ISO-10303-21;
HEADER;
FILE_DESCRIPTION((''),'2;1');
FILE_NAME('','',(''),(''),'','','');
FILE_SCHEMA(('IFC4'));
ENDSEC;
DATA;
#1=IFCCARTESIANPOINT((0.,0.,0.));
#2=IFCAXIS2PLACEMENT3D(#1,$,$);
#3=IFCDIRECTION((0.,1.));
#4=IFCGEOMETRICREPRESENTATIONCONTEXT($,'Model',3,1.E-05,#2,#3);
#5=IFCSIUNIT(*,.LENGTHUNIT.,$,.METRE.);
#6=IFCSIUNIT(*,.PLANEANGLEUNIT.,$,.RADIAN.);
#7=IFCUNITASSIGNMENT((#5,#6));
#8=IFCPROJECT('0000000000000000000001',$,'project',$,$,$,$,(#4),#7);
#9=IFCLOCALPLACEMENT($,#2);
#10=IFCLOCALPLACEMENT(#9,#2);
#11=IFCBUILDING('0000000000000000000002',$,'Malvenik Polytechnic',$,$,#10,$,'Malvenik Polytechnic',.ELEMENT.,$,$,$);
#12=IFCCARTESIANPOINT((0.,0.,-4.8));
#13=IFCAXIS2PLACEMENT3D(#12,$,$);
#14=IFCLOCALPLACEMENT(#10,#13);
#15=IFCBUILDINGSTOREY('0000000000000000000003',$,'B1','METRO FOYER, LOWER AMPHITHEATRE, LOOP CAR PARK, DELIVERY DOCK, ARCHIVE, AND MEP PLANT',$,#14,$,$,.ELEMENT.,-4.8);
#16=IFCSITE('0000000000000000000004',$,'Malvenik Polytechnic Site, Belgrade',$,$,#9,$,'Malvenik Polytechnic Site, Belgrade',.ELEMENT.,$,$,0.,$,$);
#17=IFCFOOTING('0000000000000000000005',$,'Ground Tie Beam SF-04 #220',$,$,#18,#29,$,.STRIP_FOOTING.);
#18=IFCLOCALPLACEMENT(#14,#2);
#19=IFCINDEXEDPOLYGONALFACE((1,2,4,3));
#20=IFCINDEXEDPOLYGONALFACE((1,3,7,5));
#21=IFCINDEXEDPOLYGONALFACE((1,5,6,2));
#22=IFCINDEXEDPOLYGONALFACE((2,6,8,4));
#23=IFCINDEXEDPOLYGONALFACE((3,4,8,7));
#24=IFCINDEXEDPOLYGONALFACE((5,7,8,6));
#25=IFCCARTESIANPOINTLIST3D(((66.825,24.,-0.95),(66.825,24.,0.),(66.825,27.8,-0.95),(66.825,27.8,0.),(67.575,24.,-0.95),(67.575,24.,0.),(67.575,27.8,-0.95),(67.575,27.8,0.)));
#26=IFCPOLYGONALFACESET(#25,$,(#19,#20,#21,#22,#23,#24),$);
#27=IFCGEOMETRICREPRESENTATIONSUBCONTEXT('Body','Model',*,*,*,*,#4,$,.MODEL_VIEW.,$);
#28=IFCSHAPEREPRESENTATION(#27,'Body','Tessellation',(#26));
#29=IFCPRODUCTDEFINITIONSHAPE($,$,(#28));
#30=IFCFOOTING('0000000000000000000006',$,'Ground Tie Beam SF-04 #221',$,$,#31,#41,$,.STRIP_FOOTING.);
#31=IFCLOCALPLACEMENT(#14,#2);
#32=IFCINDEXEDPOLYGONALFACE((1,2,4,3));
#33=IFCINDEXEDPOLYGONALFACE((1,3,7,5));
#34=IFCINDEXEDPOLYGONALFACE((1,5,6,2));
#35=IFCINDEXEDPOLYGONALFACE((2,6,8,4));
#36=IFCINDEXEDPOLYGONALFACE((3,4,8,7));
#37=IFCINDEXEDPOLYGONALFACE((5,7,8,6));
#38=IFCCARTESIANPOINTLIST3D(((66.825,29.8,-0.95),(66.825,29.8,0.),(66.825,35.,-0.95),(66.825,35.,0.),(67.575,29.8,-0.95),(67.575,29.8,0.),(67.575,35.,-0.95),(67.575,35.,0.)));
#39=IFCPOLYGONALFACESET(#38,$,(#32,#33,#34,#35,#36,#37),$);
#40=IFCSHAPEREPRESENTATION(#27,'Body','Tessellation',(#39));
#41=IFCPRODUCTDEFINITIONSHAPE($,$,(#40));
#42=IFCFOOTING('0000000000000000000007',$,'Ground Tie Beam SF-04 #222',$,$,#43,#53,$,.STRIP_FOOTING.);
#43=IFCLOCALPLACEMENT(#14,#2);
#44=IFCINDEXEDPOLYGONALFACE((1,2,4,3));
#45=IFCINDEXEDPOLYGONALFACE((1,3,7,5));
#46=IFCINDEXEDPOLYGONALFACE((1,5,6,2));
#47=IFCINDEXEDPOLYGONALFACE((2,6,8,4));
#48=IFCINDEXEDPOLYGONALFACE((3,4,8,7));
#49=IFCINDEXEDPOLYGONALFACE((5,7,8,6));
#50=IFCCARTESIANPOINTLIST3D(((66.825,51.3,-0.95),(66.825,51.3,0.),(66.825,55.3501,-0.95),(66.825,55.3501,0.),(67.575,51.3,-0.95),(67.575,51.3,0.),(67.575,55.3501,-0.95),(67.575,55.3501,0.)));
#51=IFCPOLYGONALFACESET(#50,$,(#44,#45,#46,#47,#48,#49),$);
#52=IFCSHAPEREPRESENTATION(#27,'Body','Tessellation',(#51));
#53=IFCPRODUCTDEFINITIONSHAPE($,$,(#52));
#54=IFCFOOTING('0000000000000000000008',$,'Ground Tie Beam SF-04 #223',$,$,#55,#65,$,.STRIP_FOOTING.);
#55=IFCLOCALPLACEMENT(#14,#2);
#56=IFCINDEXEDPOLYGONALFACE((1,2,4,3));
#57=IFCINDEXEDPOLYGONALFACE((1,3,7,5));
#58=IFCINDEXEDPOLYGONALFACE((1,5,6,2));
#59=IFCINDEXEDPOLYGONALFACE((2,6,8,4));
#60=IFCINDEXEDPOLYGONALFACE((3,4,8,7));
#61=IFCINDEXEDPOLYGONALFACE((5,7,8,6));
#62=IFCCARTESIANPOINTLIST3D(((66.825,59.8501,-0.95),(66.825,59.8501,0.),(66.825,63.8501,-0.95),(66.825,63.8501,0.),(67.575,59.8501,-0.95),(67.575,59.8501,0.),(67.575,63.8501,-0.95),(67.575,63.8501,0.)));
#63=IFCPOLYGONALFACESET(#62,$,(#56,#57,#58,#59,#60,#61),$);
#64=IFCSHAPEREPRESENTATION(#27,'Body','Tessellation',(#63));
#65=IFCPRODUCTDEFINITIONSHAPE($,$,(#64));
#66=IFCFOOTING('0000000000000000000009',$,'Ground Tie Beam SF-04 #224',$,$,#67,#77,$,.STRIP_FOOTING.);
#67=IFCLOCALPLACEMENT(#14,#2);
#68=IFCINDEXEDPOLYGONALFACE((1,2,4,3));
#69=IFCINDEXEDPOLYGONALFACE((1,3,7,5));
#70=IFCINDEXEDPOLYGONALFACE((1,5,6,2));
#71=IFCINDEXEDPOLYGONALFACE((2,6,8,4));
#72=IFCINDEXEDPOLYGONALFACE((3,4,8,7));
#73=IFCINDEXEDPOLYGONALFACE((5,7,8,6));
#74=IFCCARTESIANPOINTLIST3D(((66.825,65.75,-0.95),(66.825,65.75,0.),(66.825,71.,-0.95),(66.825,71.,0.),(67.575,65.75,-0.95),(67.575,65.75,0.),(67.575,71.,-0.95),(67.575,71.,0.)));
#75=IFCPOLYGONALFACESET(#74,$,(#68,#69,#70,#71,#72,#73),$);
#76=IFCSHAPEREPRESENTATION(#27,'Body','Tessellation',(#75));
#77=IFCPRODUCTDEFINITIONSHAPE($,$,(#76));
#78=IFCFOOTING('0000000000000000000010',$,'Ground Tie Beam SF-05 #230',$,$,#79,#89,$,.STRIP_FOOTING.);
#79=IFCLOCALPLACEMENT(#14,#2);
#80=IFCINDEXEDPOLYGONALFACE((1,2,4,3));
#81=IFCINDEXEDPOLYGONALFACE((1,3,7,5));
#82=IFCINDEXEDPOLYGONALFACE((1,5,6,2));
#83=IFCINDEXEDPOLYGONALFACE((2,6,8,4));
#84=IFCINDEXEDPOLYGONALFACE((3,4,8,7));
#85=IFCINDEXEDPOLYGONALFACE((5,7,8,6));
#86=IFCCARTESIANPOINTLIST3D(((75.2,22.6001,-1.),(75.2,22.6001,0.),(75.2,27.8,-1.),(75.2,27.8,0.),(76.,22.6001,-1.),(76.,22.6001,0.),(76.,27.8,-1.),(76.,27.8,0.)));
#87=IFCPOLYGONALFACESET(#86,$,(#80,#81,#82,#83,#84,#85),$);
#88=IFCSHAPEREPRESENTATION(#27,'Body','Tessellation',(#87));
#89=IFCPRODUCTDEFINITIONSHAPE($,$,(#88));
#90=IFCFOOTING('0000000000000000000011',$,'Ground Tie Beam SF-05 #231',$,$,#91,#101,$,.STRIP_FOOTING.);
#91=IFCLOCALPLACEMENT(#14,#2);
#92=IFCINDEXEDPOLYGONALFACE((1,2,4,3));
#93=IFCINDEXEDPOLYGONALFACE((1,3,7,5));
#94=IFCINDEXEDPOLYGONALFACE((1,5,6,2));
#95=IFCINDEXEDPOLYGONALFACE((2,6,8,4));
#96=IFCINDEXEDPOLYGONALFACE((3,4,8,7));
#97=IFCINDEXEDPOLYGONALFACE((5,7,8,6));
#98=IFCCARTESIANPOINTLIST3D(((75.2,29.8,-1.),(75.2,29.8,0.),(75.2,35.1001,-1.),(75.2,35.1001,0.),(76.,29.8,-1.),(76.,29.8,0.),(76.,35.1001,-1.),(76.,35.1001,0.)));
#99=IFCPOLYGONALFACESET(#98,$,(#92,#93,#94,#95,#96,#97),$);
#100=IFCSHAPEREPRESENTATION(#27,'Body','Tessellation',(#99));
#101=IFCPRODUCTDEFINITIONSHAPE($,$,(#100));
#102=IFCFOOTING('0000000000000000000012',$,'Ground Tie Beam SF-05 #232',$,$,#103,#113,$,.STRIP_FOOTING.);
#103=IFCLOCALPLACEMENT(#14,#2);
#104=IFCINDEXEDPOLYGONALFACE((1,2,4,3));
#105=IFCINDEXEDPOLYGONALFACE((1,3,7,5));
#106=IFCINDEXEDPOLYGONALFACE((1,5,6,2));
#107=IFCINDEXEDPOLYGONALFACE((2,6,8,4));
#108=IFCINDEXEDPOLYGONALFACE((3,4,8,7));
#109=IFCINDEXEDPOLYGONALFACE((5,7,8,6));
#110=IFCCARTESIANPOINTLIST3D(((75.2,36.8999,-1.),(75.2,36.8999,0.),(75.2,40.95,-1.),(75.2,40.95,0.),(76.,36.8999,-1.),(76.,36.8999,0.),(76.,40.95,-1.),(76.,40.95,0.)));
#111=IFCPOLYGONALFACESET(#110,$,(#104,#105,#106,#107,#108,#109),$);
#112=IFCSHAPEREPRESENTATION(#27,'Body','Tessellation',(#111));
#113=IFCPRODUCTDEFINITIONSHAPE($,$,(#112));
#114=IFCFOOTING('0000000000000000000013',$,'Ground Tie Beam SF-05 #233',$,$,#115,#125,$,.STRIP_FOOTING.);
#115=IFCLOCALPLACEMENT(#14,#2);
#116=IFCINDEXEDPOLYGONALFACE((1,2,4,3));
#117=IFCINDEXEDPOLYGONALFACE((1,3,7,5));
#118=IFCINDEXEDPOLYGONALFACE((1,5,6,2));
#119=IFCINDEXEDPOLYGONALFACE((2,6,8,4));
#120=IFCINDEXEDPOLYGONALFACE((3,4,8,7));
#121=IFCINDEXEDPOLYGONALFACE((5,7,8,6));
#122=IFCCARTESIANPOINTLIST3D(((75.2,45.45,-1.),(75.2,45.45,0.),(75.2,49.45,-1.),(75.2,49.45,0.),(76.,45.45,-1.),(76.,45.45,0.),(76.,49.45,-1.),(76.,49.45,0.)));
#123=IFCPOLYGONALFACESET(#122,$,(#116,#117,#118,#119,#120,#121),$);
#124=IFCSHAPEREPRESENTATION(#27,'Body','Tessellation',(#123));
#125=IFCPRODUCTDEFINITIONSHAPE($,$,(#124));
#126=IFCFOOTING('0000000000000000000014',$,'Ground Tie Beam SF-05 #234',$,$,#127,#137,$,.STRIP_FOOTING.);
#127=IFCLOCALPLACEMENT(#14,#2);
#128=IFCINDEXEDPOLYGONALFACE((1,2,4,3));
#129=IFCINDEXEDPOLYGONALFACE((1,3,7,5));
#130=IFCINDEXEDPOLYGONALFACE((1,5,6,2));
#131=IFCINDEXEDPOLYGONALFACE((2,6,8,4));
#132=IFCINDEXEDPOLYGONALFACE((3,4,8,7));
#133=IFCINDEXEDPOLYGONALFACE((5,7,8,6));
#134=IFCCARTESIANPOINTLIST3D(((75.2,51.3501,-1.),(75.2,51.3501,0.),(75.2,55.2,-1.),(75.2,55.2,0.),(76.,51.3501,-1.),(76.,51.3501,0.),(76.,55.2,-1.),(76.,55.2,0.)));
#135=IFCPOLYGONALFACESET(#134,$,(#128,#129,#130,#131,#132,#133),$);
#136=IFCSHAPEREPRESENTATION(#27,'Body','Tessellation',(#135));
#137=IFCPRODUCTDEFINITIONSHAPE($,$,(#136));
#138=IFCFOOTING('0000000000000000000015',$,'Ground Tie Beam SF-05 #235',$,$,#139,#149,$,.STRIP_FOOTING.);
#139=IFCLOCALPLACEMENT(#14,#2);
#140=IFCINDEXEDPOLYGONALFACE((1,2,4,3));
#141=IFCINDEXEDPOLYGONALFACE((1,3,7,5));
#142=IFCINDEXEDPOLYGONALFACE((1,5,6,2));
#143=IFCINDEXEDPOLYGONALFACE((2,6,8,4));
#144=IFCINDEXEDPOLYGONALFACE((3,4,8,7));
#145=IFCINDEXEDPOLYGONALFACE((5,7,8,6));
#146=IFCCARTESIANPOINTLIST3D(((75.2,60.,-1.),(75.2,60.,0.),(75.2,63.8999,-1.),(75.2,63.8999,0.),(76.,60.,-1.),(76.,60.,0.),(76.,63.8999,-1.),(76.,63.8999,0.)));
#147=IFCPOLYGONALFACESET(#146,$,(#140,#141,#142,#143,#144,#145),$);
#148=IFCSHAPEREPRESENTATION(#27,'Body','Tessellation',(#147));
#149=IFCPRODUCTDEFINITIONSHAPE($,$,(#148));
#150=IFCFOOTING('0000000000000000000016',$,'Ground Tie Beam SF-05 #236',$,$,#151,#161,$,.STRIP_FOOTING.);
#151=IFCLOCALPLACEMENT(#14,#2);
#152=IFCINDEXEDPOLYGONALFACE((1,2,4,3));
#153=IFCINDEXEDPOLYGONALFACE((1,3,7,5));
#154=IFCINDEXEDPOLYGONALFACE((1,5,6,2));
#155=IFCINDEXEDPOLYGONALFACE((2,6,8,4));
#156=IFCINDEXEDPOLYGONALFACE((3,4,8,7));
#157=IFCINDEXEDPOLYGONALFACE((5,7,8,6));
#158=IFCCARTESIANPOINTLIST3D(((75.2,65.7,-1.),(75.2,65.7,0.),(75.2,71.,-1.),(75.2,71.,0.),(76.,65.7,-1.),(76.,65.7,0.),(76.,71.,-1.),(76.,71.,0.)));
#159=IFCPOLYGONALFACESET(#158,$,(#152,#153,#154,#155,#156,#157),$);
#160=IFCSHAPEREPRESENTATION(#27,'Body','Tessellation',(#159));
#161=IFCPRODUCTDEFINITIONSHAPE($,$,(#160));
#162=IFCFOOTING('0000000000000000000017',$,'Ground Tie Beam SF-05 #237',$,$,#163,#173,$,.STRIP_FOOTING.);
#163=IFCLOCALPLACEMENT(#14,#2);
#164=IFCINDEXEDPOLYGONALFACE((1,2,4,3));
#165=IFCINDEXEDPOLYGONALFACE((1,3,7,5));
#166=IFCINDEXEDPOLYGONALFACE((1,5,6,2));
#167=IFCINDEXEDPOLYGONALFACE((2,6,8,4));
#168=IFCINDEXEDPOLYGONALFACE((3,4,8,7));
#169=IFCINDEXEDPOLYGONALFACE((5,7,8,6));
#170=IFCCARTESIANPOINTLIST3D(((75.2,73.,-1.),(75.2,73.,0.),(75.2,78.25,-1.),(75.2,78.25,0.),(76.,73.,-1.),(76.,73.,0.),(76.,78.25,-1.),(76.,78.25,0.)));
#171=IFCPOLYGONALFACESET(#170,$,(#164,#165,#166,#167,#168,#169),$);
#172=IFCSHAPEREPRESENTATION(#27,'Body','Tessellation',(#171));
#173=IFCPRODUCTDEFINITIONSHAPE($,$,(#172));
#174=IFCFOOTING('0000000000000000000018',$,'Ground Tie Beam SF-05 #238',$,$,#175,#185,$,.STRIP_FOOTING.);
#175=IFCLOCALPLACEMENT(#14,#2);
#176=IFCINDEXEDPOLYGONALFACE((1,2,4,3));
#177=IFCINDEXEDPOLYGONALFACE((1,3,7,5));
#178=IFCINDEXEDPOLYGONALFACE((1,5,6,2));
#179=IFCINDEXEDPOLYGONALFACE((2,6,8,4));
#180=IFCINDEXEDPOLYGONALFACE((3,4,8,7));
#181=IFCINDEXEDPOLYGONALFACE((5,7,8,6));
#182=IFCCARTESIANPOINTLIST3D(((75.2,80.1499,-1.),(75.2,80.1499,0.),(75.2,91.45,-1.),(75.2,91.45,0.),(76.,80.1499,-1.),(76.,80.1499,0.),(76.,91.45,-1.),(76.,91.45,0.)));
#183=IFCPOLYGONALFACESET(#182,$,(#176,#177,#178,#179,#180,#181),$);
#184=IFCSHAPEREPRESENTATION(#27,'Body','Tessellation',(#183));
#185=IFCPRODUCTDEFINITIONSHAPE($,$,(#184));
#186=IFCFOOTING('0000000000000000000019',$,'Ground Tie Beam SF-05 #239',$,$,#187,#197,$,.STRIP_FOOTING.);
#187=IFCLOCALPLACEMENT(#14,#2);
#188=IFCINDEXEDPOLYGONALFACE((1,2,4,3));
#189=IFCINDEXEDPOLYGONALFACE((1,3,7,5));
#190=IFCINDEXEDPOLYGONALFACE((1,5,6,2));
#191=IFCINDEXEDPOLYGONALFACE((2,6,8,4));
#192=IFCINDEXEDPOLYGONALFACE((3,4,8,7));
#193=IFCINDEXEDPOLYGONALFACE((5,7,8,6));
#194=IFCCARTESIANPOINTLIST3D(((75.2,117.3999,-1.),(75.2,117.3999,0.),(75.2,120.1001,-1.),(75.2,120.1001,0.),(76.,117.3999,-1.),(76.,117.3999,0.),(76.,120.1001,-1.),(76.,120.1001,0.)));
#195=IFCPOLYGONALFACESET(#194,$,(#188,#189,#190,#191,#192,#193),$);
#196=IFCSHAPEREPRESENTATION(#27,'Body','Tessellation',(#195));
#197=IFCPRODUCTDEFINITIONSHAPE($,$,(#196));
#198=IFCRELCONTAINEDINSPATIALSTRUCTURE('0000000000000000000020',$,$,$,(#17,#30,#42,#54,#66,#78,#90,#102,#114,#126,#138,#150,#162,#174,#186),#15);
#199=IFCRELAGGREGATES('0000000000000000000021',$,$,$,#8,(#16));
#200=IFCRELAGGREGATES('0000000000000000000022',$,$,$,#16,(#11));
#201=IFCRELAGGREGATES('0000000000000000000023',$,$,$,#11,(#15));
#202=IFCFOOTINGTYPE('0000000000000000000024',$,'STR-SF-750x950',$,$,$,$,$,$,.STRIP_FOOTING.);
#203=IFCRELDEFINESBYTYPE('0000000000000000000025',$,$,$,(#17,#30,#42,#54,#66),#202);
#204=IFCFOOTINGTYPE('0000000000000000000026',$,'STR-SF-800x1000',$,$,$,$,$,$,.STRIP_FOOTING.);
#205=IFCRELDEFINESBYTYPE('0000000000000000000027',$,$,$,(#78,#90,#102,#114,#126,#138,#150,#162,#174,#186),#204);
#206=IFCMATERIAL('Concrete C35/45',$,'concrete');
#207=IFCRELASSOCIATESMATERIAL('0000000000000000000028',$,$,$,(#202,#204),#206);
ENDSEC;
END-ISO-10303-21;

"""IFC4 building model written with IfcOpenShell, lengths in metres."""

from ifc_helpers import new_model, si_unit, direction, frame, origin, place, context, subcontext, project, spatial, polyline, outline, extrude, material, type_object, element, save


model = new_model("IFC4")

# Units and contexts
model_context = context("Model", 3, precision=1e-05, world=origin(), true_north=direction((0.0, 1.0)))
body_context = subcontext(model_context, "Body", "Model", "MODEL_VIEW")
ifc_project = project(units=[si_unit("LENGTHUNIT", "METRE"), si_unit("PLANEANGLEUNIT", "RADIAN")], contexts=[model_context])

# Site, building, storey
site_placement = place(None, origin())
site = spatial("IfcSite", under=ifc_project, at=site_placement, Name="Malvenik Polytechnic Site, Belgrade", LongName="Malvenik Polytechnic Site, Belgrade", CompositionType="ELEMENT", RefElevation=0.0)
building_placement = place(site_placement, origin())
building = spatial("IfcBuilding", under=site, at=building_placement, Name="Malvenik Polytechnic", LongName="Malvenik Polytechnic", CompositionType="ELEMENT")
storey_placement = place(building_placement, frame((0.0, 0.0, -4.8)))
storey = spatial("IfcBuildingStorey", under=building, at=storey_placement, Name="B1", Description="METRO FOYER, LOWER AMPHITHEATRE, LOOP CAR PARK, DELIVERY DOCK, ARCHIVE, AND MEP PLANT", CompositionType="ELEMENT", Elevation=-4.8)

# Footings
ifc_material = material(Name="Concrete C35/45", Category="concrete")
footing_type_1 = type_object("IfcFootingType", Name="STR-SF-750x950", PredefinedType="STRIP_FOOTING", material=ifc_material)
footing_1_placement = place(storey_placement, frame((0.0, 0.0, -0.95)))
element("IfcFooting", 1, at=footing_1_placement, inside=storey, type_object=footing_type_1, Name="Ground Tie Beam SF-04 #220", PredefinedType="STRIP_FOOTING", context=body_context, shape_type="SweptSolid", body=[
    extrude(outline(polyline([(66.825, 24.0), (67.575, 24.0), (67.575, 27.8), (66.825, 27.8), (66.825, 24.0)])), origin(), (0.0, 0.0, 1.0), 0.95),
])
footing_2_placement = place(storey_placement, frame((0.0, 0.0, -0.95)))
element("IfcFooting", 2, at=footing_2_placement, inside=storey, type_object=footing_type_1, Name="Ground Tie Beam SF-04 #221", PredefinedType="STRIP_FOOTING", context=body_context, shape_type="SweptSolid", body=[
    extrude(outline(polyline([(66.825, 29.8), (67.575, 29.8), (67.575, 35.0), (66.825, 35.0), (66.825, 29.8)])), origin(), (0.0, 0.0, 1.0), 0.95),
])
footing_3_placement = place(storey_placement, frame((0.0, 0.0, -0.95)))
element("IfcFooting", 3, at=footing_3_placement, inside=storey, type_object=footing_type_1, Name="Ground Tie Beam SF-04 #222", PredefinedType="STRIP_FOOTING", context=body_context, shape_type="SweptSolid", body=[
    extrude(outline(polyline([(66.825, 51.3), (67.575, 51.3), (67.575, 55.3501), (66.825, 55.3501), (66.825, 51.3)])), origin(), (0.0, 0.0, 1.0), 0.95),
])
footing_4_placement = place(storey_placement, frame((0.0, 0.0, -0.95)))
element("IfcFooting", 4, at=footing_4_placement, inside=storey, type_object=footing_type_1, Name="Ground Tie Beam SF-04 #223", PredefinedType="STRIP_FOOTING", context=body_context, shape_type="SweptSolid", body=[
    extrude(outline(polyline([(66.825, 59.8501), (67.575, 59.8501), (67.575, 63.8501), (66.825, 63.8501), (66.825, 59.8501)])), origin(), (0.0, 0.0, 1.0), 0.95),
])
footing_5_placement = place(storey_placement, frame((0.0, 0.0, -0.95)))
element("IfcFooting", 5, at=footing_5_placement, inside=storey, type_object=footing_type_1, Name="Ground Tie Beam SF-04 #224", PredefinedType="STRIP_FOOTING", context=body_context, shape_type="SweptSolid", body=[
    extrude(outline(polyline([(66.825, 65.75), (67.575, 65.75), (67.575, 71.0), (66.825, 71.0), (66.825, 65.75)])), origin(), (0.0, 0.0, 1.0), 0.95),
])
footing_type_2 = type_object("IfcFootingType", Name="STR-SF-800x1000", PredefinedType="STRIP_FOOTING", material=ifc_material)
footing_6_placement = place(storey_placement, frame((0.0, 0.0, -1.0)))
element("IfcFooting", 6, at=footing_6_placement, inside=storey, type_object=footing_type_2, Name="Ground Tie Beam SF-05 #230", PredefinedType="STRIP_FOOTING", context=body_context, shape_type="SweptSolid", body=[
    extrude(outline(polyline([(75.2, 22.6001), (76.0, 22.6001), (76.0, 27.8), (75.2, 27.8), (75.2, 22.6001)])), origin(), (0.0, 0.0, 1.0), 1.0),
])
footing_7_placement = place(storey_placement, frame((0.0, 0.0, -1.0)))
element("IfcFooting", 7, at=footing_7_placement, inside=storey, type_object=footing_type_2, Name="Ground Tie Beam SF-05 #231", PredefinedType="STRIP_FOOTING", context=body_context, shape_type="SweptSolid", body=[
    extrude(outline(polyline([(75.2, 29.8), (76.0, 29.8), (76.0, 35.1001), (75.2, 35.1001), (75.2, 29.8)])), origin(), (0.0, 0.0, 1.0), 1.0),
])
footing_8_placement = place(storey_placement, frame((0.0, 0.0, -1.0)))
element("IfcFooting", 8, at=footing_8_placement, inside=storey, type_object=footing_type_2, Name="Ground Tie Beam SF-05 #232", PredefinedType="STRIP_FOOTING", context=body_context, shape_type="SweptSolid", body=[
    extrude(outline(polyline([(75.2, 36.8999), (76.0, 36.8999), (76.0, 40.95), (75.2, 40.95), (75.2, 36.8999)])), origin(), (0.0, 0.0, 1.0), 1.0),
])
footing_9_placement = place(storey_placement, frame((0.0, 0.0, -1.0)))
element("IfcFooting", 9, at=footing_9_placement, inside=storey, type_object=footing_type_2, Name="Ground Tie Beam SF-05 #233", PredefinedType="STRIP_FOOTING", context=body_context, shape_type="SweptSolid", body=[
    extrude(outline(polyline([(75.2, 45.45), (76.0, 45.45), (76.0, 49.45), (75.2, 49.45), (75.2, 45.45)])), origin(), (0.0, 0.0, 1.0), 1.0),
])
footing_10_placement = place(storey_placement, frame((0.0, 0.0, -1.0)))
element("IfcFooting", 10, at=footing_10_placement, inside=storey, type_object=footing_type_2, Name="Ground Tie Beam SF-05 #234", PredefinedType="STRIP_FOOTING", context=body_context, shape_type="SweptSolid", body=[
    extrude(outline(polyline([(75.2, 51.3501), (76.0, 51.3501), (76.0, 55.2), (75.2, 55.2), (75.2, 51.3501)])), origin(), (0.0, 0.0, 1.0), 1.0),
])
footing_11_placement = place(storey_placement, frame((0.0, 0.0, -1.0)))
element("IfcFooting", 11, at=footing_11_placement, inside=storey, type_object=footing_type_2, Name="Ground Tie Beam SF-05 #235", PredefinedType="STRIP_FOOTING", context=body_context, shape_type="SweptSolid", body=[
    extrude(outline(polyline([(75.2, 60.0), (76.0, 60.0), (76.0, 63.8999), (75.2, 63.8999), (75.2, 60.0)])), origin(), (0.0, 0.0, 1.0), 1.0),
])
footing_12_placement = place(storey_placement, frame((0.0, 0.0, -1.0)))
element("IfcFooting", 12, at=footing_12_placement, inside=storey, type_object=footing_type_2, Name="Ground Tie Beam SF-05 #236", PredefinedType="STRIP_FOOTING", context=body_context, shape_type="SweptSolid", body=[
    extrude(outline(polyline([(75.2, 65.7), (76.0, 65.7), (76.0, 71.0), (75.2, 71.0), (75.2, 65.7)])), origin(), (0.0, 0.0, 1.0), 1.0),
])
footing_13_placement = place(storey_placement, frame((0.0, 0.0, -1.0)))
element("IfcFooting", 13, at=footing_13_placement, inside=storey, type_object=footing_type_2, Name="Ground Tie Beam SF-05 #237", PredefinedType="STRIP_FOOTING", context=body_context, shape_type="SweptSolid", body=[
    extrude(outline(polyline([(75.2, 73.0), (76.0, 73.0), (76.0, 78.25), (75.2, 78.25), (75.2, 73.0)])), origin(), (0.0, 0.0, 1.0), 1.0),
])
footing_14_placement = place(storey_placement, frame((0.0, 0.0, -1.0)))
element("IfcFooting", 14, at=footing_14_placement, inside=storey, type_object=footing_type_2, Name="Ground Tie Beam SF-05 #238", PredefinedType="STRIP_FOOTING", context=body_context, shape_type="SweptSolid", body=[
    extrude(outline(polyline([(75.2, 80.1499), (76.0, 80.1499), (76.0, 91.45), (75.2, 91.45), (75.2, 80.1499)])), origin(), (0.0, 0.0, 1.0), 1.0),
])
footing_15_placement = place(storey_placement, frame((0.0, 0.0, -1.0)))
element("IfcFooting", 15, at=footing_15_placement, inside=storey, type_object=footing_type_2, Name="Ground Tie Beam SF-05 #239", PredefinedType="STRIP_FOOTING", context=body_context, shape_type="SweptSolid", body=[
    extrude(outline(polyline([(75.2, 117.3999), (76.0, 117.3999), (76.0, 120.1001), (75.2, 120.1001), (75.2, 117.3999)])), origin(), (0.0, 0.0, 1.0), 1.0),
])

save(model, "model.ifc")
